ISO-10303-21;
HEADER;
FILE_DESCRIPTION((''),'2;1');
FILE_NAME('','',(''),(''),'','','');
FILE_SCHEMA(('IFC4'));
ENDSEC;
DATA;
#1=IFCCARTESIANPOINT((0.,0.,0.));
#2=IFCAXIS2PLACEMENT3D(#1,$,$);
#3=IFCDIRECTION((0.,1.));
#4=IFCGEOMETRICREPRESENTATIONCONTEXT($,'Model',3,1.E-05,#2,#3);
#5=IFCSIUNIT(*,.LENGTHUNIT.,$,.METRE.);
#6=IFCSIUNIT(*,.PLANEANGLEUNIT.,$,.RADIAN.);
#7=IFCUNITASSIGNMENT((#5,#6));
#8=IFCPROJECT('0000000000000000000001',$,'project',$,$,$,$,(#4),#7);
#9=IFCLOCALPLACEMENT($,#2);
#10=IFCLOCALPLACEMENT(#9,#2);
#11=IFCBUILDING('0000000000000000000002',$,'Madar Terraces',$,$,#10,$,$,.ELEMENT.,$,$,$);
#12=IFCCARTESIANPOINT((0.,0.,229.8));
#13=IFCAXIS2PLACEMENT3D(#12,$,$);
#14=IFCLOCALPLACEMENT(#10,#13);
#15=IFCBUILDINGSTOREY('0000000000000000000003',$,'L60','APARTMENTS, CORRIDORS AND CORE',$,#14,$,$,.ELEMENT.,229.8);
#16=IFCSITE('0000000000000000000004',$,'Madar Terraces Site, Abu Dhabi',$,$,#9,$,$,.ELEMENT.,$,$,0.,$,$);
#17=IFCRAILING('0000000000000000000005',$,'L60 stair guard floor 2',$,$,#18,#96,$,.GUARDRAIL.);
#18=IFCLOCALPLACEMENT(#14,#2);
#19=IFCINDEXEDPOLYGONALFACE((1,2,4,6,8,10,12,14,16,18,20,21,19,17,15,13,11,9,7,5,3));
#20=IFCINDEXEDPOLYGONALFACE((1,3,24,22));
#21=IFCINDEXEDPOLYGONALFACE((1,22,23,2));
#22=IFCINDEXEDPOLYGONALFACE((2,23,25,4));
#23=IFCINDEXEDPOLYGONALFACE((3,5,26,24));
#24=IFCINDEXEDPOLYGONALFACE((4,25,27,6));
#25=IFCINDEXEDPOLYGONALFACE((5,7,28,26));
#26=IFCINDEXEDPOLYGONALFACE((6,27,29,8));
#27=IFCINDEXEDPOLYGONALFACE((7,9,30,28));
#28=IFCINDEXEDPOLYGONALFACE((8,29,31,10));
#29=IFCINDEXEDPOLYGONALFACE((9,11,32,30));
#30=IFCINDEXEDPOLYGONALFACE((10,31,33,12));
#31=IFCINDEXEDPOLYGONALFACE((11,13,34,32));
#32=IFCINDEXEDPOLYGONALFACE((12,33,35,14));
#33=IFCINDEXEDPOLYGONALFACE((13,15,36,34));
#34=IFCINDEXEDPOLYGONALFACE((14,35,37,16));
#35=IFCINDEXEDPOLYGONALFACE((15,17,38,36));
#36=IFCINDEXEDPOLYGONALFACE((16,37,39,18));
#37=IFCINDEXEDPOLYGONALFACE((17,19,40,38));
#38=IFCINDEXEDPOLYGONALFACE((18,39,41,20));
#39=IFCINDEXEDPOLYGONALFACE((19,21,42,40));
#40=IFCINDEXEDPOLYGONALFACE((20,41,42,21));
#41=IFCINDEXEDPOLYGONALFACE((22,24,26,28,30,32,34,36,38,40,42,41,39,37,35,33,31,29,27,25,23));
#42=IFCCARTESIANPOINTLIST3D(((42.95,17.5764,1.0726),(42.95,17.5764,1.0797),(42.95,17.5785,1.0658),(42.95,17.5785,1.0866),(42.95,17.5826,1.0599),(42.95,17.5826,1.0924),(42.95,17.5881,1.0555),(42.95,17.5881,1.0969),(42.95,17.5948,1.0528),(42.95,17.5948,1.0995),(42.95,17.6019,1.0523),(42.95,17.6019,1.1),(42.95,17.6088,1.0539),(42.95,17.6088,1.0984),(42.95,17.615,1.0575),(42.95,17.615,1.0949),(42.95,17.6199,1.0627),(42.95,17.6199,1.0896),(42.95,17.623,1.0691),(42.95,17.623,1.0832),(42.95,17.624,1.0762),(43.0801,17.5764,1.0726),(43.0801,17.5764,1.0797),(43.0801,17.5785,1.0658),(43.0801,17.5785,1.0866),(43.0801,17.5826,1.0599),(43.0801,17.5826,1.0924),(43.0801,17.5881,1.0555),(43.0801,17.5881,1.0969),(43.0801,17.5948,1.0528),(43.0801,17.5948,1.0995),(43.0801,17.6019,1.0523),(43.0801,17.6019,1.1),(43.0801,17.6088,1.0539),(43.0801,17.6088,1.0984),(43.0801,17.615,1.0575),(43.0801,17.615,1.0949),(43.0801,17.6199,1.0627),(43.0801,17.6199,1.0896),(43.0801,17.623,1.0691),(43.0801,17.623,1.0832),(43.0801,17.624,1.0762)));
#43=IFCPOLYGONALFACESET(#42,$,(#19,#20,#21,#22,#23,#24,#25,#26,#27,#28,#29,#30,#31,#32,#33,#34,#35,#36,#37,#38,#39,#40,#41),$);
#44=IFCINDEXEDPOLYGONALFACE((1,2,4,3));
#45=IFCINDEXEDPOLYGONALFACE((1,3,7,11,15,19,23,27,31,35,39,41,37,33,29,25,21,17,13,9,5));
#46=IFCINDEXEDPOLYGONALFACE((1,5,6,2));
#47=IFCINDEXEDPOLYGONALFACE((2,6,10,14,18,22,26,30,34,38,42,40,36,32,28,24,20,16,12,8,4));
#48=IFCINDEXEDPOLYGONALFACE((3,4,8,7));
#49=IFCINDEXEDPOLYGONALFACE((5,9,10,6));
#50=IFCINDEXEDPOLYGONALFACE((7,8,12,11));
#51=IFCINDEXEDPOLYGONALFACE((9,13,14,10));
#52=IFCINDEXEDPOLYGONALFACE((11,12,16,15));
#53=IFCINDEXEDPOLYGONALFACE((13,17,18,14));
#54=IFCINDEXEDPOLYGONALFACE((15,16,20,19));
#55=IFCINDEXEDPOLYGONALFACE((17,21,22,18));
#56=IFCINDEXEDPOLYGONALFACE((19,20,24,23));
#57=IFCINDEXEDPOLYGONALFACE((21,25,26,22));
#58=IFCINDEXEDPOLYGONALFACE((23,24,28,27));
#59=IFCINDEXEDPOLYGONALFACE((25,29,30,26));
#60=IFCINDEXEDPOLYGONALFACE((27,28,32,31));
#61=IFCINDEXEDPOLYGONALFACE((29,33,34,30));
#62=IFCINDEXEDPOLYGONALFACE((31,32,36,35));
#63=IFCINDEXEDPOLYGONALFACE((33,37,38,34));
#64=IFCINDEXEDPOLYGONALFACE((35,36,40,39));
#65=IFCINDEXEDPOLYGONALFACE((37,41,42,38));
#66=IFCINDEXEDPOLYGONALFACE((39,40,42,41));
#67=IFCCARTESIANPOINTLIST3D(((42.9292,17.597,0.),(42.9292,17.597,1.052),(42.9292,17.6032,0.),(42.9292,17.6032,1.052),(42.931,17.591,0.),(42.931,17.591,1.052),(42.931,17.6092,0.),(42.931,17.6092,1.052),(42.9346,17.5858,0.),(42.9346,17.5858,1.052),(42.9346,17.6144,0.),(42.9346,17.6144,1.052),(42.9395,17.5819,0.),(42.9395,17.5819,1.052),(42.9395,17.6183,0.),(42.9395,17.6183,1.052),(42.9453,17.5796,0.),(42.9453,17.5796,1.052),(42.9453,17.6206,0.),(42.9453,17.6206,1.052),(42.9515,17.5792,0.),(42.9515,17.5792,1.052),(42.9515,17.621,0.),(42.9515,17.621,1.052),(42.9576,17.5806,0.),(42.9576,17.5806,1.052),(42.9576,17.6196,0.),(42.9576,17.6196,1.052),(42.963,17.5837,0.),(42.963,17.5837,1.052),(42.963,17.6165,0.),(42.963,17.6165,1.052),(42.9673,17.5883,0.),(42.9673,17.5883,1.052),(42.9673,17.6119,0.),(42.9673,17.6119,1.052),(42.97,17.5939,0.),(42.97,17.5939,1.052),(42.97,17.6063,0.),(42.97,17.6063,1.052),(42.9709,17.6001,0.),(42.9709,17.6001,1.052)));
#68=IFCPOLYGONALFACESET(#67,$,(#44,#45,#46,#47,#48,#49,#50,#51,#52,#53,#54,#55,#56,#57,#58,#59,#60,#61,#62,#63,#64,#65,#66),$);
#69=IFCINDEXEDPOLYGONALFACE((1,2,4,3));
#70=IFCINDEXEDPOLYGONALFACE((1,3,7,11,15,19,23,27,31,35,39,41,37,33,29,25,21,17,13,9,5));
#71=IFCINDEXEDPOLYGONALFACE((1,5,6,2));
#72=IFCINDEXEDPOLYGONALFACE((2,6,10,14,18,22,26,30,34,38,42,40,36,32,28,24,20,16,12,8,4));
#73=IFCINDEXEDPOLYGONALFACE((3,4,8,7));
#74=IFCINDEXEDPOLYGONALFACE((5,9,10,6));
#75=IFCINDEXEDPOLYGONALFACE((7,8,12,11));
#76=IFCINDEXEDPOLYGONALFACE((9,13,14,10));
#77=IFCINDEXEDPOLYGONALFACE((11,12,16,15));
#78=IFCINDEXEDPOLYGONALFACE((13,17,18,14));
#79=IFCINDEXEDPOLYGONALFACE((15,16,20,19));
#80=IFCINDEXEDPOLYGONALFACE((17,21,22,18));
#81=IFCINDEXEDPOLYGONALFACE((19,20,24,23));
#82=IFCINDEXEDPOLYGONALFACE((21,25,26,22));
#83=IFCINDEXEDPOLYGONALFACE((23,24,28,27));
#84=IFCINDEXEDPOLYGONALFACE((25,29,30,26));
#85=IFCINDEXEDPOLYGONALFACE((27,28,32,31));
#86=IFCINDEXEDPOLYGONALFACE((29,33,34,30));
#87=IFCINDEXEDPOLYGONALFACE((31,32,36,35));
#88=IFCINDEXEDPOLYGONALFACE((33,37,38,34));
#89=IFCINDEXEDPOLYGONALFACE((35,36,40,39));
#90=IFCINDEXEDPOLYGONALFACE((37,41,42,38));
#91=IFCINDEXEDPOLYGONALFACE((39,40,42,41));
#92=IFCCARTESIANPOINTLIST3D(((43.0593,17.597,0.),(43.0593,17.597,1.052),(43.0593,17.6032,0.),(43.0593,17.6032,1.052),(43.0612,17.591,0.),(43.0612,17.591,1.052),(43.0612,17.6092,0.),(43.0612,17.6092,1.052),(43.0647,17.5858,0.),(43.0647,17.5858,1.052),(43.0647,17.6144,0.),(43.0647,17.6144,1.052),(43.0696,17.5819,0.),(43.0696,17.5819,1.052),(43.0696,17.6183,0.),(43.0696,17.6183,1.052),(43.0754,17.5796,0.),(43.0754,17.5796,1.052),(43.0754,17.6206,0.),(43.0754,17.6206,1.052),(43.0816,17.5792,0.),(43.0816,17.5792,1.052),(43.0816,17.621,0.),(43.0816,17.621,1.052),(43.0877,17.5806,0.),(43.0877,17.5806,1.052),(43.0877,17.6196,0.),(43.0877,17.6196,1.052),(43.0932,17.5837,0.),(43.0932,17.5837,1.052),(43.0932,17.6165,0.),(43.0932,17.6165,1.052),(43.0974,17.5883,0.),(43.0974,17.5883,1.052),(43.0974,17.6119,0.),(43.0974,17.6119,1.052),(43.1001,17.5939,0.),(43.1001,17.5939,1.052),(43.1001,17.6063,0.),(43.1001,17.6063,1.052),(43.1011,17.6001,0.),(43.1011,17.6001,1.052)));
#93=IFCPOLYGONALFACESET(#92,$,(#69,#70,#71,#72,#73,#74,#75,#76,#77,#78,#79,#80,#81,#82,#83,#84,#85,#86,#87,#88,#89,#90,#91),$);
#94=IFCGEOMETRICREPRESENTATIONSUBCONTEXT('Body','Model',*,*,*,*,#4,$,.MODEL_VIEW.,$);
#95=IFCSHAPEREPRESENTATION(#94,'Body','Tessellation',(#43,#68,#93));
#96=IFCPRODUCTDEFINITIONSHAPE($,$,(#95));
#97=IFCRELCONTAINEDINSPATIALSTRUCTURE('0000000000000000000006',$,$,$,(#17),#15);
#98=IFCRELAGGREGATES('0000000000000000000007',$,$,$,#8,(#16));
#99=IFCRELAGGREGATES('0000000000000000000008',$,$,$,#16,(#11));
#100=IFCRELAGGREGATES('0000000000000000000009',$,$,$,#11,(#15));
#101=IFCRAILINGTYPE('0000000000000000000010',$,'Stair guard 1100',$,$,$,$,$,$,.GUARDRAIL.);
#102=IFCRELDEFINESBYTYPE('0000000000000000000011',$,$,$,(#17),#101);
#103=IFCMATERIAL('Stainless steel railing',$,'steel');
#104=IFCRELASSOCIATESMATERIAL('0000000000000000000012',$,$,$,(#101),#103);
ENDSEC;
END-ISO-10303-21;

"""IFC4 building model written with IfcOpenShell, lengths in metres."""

from ifc_helpers import new_model, si_unit, direction, frame, origin, origin_2d, place, context, subcontext, project, spatial, circle, extrude, material, type_object, element, save


model = new_model("IFC4")

# Units and contexts
model_context = context("Model", 3, precision=1e-05, world=origin(), true_north=direction((0.0, 1.0)))
body_context = subcontext(model_context, "Body", "Model", "MODEL_VIEW")
ifc_project = project(units=[si_unit("LENGTHUNIT", "METRE"), si_unit("PLANEANGLEUNIT", "RADIAN")], contexts=[model_context])

# Site, building, storey
site_placement = place(None, origin())
site = spatial("IfcSite", under=ifc_project, at=site_placement, Name="Madar Terraces Site, Abu Dhabi", CompositionType="ELEMENT", RefElevation=0.0)
building_placement = place(site_placement, origin())
building = spatial("IfcBuilding", under=site, at=building_placement, Name="Madar Terraces", CompositionType="ELEMENT")
storey_placement = place(building_placement, frame((0.0, 0.0, 229.8)))
storey = spatial("IfcBuildingStorey", under=building, at=storey_placement, Name="L60", Description="APARTMENTS, CORRIDORS AND CORE", CompositionType="ELEMENT", Elevation=229.8)

# Railing
ifc_material_1 = material(Name="Stainless steel railing", Category="steel")
railing_type_1 = type_object("IfcRailingType", Name="Stair guard 1100", PredefinedType="GUARDRAIL", material=ifc_material_1)
railing_1_placement = place(storey_placement, frame((42.95, 17.6001, 0.0)))
element("IfcRailing", 1, at=railing_1_placement, inside=storey, type_object=railing_type_1, Name="L60 stair guard floor 2", PredefinedType="GUARDRAIL", context=body_context, shape_type="SweptSolid", body=[
    extrude(circle(Radius=0.0239, at=origin_2d()), frame((0.0, 0.0, 1.0762), z_axis=(1.0, 0.0, 0.0), x_axis=(0.0, 1.0, 0.0)), (0.0, 0.0, 1.0), 0.1301),
    extrude(circle(Radius=0.021, at=origin_2d()), origin(), (0.0, 0.0, 1.0), 1.052),
    extrude(circle(Radius=0.021, at=origin_2d()), frame((0.1301, 0.0, 0.0)), (0.0, 0.0, 1.0), 1.052),
])

save(model, "model.ifc")
